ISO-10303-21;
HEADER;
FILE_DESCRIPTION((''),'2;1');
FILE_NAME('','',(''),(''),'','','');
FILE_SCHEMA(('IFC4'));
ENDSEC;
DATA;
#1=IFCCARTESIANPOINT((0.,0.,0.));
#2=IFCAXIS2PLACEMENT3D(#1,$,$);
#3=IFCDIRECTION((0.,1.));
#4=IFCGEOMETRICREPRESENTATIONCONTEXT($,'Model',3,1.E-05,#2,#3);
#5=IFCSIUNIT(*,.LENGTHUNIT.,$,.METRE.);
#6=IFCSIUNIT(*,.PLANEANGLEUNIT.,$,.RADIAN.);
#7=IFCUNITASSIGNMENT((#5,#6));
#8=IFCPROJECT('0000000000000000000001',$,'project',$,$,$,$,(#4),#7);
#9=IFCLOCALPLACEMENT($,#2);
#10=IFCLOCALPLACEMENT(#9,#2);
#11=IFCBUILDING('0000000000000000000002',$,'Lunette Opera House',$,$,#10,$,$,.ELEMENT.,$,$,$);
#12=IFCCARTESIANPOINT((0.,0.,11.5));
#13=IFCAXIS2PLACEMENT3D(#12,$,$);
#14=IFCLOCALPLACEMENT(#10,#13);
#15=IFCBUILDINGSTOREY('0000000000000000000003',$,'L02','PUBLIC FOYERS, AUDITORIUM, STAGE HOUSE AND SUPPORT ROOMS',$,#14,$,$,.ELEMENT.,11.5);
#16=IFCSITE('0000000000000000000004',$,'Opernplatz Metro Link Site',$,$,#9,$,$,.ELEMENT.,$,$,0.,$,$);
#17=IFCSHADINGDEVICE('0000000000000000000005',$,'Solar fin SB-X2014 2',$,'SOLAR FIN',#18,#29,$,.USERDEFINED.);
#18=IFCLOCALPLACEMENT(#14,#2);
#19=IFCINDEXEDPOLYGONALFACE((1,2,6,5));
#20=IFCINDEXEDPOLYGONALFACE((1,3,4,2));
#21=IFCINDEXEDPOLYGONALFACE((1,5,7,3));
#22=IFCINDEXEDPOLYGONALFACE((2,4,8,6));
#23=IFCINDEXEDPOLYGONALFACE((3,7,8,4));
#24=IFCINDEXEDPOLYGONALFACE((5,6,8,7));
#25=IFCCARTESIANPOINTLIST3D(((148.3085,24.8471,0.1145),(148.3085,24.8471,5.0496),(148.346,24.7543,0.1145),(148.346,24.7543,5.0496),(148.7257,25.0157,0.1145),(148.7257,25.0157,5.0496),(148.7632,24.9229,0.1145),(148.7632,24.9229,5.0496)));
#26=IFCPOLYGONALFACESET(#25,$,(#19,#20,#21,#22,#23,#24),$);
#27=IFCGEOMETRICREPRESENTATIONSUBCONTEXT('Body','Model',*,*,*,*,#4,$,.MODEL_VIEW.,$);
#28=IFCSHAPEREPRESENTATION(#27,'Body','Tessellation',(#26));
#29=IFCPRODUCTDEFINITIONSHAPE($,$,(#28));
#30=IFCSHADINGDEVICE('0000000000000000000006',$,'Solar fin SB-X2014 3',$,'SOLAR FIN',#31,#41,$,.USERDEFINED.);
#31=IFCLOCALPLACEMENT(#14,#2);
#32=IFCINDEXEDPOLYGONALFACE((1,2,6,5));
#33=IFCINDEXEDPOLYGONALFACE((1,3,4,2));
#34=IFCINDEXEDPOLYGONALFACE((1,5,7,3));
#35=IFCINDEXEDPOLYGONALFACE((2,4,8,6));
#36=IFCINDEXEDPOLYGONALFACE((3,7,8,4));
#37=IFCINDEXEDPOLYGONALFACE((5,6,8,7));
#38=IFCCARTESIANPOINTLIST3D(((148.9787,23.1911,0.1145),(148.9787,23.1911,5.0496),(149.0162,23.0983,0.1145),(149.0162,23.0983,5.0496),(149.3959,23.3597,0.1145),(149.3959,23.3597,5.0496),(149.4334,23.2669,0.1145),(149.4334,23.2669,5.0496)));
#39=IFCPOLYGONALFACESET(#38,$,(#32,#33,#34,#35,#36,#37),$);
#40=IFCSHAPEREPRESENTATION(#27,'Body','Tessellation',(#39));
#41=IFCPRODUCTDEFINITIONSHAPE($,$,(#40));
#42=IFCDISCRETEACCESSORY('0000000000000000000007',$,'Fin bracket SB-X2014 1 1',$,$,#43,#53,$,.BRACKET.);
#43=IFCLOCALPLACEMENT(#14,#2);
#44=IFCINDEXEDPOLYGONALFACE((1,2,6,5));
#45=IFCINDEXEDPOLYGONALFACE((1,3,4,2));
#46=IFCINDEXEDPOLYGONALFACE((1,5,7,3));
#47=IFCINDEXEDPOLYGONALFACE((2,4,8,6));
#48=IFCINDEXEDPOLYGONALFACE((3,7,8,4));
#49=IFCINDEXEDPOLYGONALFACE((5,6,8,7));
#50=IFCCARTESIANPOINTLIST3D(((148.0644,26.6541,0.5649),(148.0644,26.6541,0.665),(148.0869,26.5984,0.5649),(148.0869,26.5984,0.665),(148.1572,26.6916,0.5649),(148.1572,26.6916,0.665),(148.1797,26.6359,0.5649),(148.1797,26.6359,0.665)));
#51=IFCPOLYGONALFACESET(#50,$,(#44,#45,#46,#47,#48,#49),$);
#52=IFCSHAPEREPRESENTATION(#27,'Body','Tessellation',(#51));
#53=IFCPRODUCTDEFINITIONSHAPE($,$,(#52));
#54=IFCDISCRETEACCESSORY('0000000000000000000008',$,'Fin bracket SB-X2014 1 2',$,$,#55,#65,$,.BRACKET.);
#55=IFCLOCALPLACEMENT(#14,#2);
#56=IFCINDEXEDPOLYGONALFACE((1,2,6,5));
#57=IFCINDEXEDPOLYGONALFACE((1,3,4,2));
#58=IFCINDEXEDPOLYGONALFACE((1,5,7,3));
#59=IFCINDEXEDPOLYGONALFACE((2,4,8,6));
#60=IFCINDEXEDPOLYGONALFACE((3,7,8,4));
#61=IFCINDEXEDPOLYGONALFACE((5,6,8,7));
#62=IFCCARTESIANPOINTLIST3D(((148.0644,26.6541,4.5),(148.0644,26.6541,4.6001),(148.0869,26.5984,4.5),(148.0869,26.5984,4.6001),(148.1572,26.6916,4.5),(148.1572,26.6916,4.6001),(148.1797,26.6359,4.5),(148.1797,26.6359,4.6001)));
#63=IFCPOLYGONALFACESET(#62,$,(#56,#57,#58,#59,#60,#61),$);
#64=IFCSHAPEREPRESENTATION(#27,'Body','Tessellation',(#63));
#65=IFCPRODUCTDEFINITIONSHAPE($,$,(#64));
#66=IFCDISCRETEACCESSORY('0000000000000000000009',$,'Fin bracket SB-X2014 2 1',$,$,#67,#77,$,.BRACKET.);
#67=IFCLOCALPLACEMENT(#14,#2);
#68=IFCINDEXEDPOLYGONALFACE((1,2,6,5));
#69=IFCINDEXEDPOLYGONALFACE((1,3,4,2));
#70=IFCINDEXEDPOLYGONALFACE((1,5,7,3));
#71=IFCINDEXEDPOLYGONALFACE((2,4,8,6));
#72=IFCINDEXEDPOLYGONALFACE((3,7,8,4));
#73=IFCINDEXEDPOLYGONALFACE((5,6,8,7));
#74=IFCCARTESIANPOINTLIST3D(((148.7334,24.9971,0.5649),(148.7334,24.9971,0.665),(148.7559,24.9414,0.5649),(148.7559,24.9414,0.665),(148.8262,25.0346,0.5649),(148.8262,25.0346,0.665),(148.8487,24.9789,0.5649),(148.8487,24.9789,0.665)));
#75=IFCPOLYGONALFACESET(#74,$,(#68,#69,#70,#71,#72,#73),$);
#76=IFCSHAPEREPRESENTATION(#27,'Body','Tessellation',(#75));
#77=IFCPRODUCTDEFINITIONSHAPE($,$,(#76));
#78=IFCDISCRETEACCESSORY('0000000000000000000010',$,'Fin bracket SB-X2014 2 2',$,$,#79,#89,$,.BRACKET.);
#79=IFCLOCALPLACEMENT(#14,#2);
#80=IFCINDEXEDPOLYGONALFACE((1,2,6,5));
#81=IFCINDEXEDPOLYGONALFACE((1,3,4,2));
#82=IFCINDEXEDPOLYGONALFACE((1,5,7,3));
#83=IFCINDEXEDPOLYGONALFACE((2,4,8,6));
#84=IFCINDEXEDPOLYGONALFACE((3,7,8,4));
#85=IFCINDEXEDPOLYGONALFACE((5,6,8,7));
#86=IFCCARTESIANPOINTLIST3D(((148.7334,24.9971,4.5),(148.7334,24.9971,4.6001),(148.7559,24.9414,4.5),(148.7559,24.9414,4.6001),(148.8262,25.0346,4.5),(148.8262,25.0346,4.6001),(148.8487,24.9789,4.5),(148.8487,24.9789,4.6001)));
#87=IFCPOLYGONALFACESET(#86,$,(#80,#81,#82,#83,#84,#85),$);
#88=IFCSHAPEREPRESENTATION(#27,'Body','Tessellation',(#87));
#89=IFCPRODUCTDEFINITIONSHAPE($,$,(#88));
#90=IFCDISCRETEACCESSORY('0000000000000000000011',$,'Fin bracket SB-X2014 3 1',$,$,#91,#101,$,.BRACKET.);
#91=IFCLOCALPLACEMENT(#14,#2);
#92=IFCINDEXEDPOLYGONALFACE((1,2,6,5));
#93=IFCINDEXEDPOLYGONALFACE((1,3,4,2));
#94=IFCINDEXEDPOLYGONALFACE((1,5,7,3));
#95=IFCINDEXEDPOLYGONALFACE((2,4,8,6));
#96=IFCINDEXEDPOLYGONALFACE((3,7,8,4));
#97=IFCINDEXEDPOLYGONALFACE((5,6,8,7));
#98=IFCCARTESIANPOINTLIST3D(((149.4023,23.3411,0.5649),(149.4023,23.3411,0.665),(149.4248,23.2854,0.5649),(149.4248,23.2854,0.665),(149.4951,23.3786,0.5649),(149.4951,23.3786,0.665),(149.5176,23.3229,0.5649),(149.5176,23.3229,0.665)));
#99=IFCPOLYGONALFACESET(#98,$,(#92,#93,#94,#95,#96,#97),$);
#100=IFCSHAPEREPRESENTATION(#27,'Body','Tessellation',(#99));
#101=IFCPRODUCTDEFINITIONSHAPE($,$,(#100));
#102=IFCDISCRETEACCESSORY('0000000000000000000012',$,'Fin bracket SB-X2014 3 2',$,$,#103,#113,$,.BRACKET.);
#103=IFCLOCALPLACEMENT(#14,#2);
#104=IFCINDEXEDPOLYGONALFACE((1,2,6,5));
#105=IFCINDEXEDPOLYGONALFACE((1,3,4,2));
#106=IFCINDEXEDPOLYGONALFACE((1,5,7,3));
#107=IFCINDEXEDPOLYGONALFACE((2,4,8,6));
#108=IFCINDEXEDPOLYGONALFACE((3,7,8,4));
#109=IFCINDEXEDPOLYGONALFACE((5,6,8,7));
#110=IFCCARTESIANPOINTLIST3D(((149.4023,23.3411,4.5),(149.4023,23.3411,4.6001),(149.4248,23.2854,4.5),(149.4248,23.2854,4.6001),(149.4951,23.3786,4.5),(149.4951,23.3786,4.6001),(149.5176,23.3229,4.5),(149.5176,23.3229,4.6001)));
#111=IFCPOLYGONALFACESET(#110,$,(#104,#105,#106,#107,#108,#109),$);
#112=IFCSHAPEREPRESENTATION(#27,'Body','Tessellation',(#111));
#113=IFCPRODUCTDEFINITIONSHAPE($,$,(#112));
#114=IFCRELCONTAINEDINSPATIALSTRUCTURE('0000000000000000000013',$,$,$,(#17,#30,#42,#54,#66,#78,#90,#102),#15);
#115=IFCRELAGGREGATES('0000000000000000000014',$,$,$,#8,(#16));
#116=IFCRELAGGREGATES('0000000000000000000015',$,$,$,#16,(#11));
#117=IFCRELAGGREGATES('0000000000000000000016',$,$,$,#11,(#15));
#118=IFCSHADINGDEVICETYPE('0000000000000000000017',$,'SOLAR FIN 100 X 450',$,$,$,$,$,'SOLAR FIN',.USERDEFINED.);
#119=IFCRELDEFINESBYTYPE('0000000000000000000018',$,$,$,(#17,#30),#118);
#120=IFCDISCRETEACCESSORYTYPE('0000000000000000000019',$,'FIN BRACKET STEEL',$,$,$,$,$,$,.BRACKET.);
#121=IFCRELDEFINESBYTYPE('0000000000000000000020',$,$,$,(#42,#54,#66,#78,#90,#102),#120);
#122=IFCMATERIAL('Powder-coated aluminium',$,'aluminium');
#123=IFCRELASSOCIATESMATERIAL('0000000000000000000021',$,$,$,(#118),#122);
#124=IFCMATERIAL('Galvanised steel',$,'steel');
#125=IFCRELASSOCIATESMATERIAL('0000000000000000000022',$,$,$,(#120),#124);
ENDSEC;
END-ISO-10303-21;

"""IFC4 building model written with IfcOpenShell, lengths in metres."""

from ifc_helpers import new_model, si_unit, direction, frame, origin, origin_2d, place, context, subcontext, project, spatial, rectangle, extrude, material, type_object, element, save


model = new_model("IFC4")

# Units and contexts
model_context = context("Model", 3, precision=1e-05, world=origin(), true_north=direction((0.0, 1.0)))
body_context = subcontext(model_context, "Body", "Model", "MODEL_VIEW")
ifc_project = project(units=[si_unit("LENGTHUNIT", "METRE"), si_unit("PLANEANGLEUNIT", "RADIAN")], contexts=[model_context])

# Site, building, storey
site_placement = place(None, origin())
site = spatial("IfcSite", under=ifc_project, at=site_placement, Name="Opernplatz Metro Link Site", CompositionType="ELEMENT", RefElevation=0.0)
building_placement = place(site_placement, origin())
building = spatial("IfcBuilding", under=site, at=building_placement, Name="Lunette Opera House", CompositionType="ELEMENT")
storey_placement = place(building_placement, frame((0.0, 0.0, 11.5)))
storey = spatial("IfcBuildingStorey", under=building, at=storey_placement, Name="L02", Description="PUBLIC FOYERS, AUDITORIUM, STAGE HOUSE AND SUPPORT ROOMS", CompositionType="ELEMENT", Elevation=11.5)

# Shading devices
ifc_material_1 = material(Name="Powder-coated aluminium", Category="aluminium")
shading_device_type = type_object("IfcShadingDeviceType", Name="SOLAR FIN 100 X 450", ElementType="SOLAR FIN", PredefinedType="USERDEFINED", material=ifc_material_1)
for number, where, z_axis, x_axis, name in (
    (1, (148.5359, 24.885, 0.1145), (0.0, 0.0, 1.0), (-0.927188, -0.374597, 0.0), "Solar fin SB-X2014 2"),
    (2, (149.2061, 23.229, 0.1145), (0.0, 0.0, 1.0), (-0.927188, -0.374597, 0.0), "Solar fin SB-X2014 3"),
):
    element("IfcShadingDevice", number, at=place(storey_placement, frame(where, z_axis=z_axis, x_axis=x_axis)), inside=storey, type_object=shading_device_type, Name=name, ObjectType="SOLAR FIN", PredefinedType="USERDEFINED", context=body_context, shape_type="SweptSolid", body=[
        extrude(rectangle(XDim=0.45, YDim=0.1001, at=origin_2d()), origin(), (0.0, 0.0, 1.0), 4.9351),
    ])

# Discrete accessories
ifc_material_2 = material(Name="Galvanised steel", Category="steel")
discrete_accessory_type = type_object("IfcDiscreteAccessoryType", Name="FIN BRACKET STEEL", PredefinedType="BRACKET", material=ifc_material_2)
for number, where, z_axis, x_axis, name in (
    (3, (148.1221, 26.645, 0.5649), (0.0, 0.0, 1.0), (-0.927188, -0.374597, 0.0), "Fin bracket SB-X2014 1 1"),
    (4, (148.1221, 26.645, 4.5), (0.0, 0.0, 1.0), (-0.927188, -0.374597, 0.0), "Fin bracket SB-X2014 1 2"),
    (5, (148.791, 24.988, 0.5649), (0.0, 0.0, 1.0), (-0.927188, -0.374597, 0.0), "Fin bracket SB-X2014 2 1"),
    (6, (148.791, 24.988, 4.5), (0.0, 0.0, 1.0), (-0.927188, -0.374597, 0.0), "Fin bracket SB-X2014 2 2"),
    (7, (149.46, 23.332, 0.5649), (0.0, 0.0, 1.0), (-0.927188, -0.374597, 0.0), "Fin bracket SB-X2014 3 1"),
    (8, (149.46, 23.332, 4.5), (0.0, 0.0, 1.0), (-0.927188, -0.374597, 0.0), "Fin bracket SB-X2014 3 2"),
):
    element("IfcDiscreteAccessory", number, at=place(storey_placement, frame(where, z_axis=z_axis, x_axis=x_axis)), inside=storey, type_object=discrete_accessory_type, Name=name, PredefinedType="BRACKET", context=body_context, shape_type="SweptSolid", body=[
        extrude(rectangle(XDim=0.1001, YDim=0.0601, at=origin_2d()), origin(), (0.0, 0.0, 1.0), 0.1001),
    ])

save(model, "model.ifc")
